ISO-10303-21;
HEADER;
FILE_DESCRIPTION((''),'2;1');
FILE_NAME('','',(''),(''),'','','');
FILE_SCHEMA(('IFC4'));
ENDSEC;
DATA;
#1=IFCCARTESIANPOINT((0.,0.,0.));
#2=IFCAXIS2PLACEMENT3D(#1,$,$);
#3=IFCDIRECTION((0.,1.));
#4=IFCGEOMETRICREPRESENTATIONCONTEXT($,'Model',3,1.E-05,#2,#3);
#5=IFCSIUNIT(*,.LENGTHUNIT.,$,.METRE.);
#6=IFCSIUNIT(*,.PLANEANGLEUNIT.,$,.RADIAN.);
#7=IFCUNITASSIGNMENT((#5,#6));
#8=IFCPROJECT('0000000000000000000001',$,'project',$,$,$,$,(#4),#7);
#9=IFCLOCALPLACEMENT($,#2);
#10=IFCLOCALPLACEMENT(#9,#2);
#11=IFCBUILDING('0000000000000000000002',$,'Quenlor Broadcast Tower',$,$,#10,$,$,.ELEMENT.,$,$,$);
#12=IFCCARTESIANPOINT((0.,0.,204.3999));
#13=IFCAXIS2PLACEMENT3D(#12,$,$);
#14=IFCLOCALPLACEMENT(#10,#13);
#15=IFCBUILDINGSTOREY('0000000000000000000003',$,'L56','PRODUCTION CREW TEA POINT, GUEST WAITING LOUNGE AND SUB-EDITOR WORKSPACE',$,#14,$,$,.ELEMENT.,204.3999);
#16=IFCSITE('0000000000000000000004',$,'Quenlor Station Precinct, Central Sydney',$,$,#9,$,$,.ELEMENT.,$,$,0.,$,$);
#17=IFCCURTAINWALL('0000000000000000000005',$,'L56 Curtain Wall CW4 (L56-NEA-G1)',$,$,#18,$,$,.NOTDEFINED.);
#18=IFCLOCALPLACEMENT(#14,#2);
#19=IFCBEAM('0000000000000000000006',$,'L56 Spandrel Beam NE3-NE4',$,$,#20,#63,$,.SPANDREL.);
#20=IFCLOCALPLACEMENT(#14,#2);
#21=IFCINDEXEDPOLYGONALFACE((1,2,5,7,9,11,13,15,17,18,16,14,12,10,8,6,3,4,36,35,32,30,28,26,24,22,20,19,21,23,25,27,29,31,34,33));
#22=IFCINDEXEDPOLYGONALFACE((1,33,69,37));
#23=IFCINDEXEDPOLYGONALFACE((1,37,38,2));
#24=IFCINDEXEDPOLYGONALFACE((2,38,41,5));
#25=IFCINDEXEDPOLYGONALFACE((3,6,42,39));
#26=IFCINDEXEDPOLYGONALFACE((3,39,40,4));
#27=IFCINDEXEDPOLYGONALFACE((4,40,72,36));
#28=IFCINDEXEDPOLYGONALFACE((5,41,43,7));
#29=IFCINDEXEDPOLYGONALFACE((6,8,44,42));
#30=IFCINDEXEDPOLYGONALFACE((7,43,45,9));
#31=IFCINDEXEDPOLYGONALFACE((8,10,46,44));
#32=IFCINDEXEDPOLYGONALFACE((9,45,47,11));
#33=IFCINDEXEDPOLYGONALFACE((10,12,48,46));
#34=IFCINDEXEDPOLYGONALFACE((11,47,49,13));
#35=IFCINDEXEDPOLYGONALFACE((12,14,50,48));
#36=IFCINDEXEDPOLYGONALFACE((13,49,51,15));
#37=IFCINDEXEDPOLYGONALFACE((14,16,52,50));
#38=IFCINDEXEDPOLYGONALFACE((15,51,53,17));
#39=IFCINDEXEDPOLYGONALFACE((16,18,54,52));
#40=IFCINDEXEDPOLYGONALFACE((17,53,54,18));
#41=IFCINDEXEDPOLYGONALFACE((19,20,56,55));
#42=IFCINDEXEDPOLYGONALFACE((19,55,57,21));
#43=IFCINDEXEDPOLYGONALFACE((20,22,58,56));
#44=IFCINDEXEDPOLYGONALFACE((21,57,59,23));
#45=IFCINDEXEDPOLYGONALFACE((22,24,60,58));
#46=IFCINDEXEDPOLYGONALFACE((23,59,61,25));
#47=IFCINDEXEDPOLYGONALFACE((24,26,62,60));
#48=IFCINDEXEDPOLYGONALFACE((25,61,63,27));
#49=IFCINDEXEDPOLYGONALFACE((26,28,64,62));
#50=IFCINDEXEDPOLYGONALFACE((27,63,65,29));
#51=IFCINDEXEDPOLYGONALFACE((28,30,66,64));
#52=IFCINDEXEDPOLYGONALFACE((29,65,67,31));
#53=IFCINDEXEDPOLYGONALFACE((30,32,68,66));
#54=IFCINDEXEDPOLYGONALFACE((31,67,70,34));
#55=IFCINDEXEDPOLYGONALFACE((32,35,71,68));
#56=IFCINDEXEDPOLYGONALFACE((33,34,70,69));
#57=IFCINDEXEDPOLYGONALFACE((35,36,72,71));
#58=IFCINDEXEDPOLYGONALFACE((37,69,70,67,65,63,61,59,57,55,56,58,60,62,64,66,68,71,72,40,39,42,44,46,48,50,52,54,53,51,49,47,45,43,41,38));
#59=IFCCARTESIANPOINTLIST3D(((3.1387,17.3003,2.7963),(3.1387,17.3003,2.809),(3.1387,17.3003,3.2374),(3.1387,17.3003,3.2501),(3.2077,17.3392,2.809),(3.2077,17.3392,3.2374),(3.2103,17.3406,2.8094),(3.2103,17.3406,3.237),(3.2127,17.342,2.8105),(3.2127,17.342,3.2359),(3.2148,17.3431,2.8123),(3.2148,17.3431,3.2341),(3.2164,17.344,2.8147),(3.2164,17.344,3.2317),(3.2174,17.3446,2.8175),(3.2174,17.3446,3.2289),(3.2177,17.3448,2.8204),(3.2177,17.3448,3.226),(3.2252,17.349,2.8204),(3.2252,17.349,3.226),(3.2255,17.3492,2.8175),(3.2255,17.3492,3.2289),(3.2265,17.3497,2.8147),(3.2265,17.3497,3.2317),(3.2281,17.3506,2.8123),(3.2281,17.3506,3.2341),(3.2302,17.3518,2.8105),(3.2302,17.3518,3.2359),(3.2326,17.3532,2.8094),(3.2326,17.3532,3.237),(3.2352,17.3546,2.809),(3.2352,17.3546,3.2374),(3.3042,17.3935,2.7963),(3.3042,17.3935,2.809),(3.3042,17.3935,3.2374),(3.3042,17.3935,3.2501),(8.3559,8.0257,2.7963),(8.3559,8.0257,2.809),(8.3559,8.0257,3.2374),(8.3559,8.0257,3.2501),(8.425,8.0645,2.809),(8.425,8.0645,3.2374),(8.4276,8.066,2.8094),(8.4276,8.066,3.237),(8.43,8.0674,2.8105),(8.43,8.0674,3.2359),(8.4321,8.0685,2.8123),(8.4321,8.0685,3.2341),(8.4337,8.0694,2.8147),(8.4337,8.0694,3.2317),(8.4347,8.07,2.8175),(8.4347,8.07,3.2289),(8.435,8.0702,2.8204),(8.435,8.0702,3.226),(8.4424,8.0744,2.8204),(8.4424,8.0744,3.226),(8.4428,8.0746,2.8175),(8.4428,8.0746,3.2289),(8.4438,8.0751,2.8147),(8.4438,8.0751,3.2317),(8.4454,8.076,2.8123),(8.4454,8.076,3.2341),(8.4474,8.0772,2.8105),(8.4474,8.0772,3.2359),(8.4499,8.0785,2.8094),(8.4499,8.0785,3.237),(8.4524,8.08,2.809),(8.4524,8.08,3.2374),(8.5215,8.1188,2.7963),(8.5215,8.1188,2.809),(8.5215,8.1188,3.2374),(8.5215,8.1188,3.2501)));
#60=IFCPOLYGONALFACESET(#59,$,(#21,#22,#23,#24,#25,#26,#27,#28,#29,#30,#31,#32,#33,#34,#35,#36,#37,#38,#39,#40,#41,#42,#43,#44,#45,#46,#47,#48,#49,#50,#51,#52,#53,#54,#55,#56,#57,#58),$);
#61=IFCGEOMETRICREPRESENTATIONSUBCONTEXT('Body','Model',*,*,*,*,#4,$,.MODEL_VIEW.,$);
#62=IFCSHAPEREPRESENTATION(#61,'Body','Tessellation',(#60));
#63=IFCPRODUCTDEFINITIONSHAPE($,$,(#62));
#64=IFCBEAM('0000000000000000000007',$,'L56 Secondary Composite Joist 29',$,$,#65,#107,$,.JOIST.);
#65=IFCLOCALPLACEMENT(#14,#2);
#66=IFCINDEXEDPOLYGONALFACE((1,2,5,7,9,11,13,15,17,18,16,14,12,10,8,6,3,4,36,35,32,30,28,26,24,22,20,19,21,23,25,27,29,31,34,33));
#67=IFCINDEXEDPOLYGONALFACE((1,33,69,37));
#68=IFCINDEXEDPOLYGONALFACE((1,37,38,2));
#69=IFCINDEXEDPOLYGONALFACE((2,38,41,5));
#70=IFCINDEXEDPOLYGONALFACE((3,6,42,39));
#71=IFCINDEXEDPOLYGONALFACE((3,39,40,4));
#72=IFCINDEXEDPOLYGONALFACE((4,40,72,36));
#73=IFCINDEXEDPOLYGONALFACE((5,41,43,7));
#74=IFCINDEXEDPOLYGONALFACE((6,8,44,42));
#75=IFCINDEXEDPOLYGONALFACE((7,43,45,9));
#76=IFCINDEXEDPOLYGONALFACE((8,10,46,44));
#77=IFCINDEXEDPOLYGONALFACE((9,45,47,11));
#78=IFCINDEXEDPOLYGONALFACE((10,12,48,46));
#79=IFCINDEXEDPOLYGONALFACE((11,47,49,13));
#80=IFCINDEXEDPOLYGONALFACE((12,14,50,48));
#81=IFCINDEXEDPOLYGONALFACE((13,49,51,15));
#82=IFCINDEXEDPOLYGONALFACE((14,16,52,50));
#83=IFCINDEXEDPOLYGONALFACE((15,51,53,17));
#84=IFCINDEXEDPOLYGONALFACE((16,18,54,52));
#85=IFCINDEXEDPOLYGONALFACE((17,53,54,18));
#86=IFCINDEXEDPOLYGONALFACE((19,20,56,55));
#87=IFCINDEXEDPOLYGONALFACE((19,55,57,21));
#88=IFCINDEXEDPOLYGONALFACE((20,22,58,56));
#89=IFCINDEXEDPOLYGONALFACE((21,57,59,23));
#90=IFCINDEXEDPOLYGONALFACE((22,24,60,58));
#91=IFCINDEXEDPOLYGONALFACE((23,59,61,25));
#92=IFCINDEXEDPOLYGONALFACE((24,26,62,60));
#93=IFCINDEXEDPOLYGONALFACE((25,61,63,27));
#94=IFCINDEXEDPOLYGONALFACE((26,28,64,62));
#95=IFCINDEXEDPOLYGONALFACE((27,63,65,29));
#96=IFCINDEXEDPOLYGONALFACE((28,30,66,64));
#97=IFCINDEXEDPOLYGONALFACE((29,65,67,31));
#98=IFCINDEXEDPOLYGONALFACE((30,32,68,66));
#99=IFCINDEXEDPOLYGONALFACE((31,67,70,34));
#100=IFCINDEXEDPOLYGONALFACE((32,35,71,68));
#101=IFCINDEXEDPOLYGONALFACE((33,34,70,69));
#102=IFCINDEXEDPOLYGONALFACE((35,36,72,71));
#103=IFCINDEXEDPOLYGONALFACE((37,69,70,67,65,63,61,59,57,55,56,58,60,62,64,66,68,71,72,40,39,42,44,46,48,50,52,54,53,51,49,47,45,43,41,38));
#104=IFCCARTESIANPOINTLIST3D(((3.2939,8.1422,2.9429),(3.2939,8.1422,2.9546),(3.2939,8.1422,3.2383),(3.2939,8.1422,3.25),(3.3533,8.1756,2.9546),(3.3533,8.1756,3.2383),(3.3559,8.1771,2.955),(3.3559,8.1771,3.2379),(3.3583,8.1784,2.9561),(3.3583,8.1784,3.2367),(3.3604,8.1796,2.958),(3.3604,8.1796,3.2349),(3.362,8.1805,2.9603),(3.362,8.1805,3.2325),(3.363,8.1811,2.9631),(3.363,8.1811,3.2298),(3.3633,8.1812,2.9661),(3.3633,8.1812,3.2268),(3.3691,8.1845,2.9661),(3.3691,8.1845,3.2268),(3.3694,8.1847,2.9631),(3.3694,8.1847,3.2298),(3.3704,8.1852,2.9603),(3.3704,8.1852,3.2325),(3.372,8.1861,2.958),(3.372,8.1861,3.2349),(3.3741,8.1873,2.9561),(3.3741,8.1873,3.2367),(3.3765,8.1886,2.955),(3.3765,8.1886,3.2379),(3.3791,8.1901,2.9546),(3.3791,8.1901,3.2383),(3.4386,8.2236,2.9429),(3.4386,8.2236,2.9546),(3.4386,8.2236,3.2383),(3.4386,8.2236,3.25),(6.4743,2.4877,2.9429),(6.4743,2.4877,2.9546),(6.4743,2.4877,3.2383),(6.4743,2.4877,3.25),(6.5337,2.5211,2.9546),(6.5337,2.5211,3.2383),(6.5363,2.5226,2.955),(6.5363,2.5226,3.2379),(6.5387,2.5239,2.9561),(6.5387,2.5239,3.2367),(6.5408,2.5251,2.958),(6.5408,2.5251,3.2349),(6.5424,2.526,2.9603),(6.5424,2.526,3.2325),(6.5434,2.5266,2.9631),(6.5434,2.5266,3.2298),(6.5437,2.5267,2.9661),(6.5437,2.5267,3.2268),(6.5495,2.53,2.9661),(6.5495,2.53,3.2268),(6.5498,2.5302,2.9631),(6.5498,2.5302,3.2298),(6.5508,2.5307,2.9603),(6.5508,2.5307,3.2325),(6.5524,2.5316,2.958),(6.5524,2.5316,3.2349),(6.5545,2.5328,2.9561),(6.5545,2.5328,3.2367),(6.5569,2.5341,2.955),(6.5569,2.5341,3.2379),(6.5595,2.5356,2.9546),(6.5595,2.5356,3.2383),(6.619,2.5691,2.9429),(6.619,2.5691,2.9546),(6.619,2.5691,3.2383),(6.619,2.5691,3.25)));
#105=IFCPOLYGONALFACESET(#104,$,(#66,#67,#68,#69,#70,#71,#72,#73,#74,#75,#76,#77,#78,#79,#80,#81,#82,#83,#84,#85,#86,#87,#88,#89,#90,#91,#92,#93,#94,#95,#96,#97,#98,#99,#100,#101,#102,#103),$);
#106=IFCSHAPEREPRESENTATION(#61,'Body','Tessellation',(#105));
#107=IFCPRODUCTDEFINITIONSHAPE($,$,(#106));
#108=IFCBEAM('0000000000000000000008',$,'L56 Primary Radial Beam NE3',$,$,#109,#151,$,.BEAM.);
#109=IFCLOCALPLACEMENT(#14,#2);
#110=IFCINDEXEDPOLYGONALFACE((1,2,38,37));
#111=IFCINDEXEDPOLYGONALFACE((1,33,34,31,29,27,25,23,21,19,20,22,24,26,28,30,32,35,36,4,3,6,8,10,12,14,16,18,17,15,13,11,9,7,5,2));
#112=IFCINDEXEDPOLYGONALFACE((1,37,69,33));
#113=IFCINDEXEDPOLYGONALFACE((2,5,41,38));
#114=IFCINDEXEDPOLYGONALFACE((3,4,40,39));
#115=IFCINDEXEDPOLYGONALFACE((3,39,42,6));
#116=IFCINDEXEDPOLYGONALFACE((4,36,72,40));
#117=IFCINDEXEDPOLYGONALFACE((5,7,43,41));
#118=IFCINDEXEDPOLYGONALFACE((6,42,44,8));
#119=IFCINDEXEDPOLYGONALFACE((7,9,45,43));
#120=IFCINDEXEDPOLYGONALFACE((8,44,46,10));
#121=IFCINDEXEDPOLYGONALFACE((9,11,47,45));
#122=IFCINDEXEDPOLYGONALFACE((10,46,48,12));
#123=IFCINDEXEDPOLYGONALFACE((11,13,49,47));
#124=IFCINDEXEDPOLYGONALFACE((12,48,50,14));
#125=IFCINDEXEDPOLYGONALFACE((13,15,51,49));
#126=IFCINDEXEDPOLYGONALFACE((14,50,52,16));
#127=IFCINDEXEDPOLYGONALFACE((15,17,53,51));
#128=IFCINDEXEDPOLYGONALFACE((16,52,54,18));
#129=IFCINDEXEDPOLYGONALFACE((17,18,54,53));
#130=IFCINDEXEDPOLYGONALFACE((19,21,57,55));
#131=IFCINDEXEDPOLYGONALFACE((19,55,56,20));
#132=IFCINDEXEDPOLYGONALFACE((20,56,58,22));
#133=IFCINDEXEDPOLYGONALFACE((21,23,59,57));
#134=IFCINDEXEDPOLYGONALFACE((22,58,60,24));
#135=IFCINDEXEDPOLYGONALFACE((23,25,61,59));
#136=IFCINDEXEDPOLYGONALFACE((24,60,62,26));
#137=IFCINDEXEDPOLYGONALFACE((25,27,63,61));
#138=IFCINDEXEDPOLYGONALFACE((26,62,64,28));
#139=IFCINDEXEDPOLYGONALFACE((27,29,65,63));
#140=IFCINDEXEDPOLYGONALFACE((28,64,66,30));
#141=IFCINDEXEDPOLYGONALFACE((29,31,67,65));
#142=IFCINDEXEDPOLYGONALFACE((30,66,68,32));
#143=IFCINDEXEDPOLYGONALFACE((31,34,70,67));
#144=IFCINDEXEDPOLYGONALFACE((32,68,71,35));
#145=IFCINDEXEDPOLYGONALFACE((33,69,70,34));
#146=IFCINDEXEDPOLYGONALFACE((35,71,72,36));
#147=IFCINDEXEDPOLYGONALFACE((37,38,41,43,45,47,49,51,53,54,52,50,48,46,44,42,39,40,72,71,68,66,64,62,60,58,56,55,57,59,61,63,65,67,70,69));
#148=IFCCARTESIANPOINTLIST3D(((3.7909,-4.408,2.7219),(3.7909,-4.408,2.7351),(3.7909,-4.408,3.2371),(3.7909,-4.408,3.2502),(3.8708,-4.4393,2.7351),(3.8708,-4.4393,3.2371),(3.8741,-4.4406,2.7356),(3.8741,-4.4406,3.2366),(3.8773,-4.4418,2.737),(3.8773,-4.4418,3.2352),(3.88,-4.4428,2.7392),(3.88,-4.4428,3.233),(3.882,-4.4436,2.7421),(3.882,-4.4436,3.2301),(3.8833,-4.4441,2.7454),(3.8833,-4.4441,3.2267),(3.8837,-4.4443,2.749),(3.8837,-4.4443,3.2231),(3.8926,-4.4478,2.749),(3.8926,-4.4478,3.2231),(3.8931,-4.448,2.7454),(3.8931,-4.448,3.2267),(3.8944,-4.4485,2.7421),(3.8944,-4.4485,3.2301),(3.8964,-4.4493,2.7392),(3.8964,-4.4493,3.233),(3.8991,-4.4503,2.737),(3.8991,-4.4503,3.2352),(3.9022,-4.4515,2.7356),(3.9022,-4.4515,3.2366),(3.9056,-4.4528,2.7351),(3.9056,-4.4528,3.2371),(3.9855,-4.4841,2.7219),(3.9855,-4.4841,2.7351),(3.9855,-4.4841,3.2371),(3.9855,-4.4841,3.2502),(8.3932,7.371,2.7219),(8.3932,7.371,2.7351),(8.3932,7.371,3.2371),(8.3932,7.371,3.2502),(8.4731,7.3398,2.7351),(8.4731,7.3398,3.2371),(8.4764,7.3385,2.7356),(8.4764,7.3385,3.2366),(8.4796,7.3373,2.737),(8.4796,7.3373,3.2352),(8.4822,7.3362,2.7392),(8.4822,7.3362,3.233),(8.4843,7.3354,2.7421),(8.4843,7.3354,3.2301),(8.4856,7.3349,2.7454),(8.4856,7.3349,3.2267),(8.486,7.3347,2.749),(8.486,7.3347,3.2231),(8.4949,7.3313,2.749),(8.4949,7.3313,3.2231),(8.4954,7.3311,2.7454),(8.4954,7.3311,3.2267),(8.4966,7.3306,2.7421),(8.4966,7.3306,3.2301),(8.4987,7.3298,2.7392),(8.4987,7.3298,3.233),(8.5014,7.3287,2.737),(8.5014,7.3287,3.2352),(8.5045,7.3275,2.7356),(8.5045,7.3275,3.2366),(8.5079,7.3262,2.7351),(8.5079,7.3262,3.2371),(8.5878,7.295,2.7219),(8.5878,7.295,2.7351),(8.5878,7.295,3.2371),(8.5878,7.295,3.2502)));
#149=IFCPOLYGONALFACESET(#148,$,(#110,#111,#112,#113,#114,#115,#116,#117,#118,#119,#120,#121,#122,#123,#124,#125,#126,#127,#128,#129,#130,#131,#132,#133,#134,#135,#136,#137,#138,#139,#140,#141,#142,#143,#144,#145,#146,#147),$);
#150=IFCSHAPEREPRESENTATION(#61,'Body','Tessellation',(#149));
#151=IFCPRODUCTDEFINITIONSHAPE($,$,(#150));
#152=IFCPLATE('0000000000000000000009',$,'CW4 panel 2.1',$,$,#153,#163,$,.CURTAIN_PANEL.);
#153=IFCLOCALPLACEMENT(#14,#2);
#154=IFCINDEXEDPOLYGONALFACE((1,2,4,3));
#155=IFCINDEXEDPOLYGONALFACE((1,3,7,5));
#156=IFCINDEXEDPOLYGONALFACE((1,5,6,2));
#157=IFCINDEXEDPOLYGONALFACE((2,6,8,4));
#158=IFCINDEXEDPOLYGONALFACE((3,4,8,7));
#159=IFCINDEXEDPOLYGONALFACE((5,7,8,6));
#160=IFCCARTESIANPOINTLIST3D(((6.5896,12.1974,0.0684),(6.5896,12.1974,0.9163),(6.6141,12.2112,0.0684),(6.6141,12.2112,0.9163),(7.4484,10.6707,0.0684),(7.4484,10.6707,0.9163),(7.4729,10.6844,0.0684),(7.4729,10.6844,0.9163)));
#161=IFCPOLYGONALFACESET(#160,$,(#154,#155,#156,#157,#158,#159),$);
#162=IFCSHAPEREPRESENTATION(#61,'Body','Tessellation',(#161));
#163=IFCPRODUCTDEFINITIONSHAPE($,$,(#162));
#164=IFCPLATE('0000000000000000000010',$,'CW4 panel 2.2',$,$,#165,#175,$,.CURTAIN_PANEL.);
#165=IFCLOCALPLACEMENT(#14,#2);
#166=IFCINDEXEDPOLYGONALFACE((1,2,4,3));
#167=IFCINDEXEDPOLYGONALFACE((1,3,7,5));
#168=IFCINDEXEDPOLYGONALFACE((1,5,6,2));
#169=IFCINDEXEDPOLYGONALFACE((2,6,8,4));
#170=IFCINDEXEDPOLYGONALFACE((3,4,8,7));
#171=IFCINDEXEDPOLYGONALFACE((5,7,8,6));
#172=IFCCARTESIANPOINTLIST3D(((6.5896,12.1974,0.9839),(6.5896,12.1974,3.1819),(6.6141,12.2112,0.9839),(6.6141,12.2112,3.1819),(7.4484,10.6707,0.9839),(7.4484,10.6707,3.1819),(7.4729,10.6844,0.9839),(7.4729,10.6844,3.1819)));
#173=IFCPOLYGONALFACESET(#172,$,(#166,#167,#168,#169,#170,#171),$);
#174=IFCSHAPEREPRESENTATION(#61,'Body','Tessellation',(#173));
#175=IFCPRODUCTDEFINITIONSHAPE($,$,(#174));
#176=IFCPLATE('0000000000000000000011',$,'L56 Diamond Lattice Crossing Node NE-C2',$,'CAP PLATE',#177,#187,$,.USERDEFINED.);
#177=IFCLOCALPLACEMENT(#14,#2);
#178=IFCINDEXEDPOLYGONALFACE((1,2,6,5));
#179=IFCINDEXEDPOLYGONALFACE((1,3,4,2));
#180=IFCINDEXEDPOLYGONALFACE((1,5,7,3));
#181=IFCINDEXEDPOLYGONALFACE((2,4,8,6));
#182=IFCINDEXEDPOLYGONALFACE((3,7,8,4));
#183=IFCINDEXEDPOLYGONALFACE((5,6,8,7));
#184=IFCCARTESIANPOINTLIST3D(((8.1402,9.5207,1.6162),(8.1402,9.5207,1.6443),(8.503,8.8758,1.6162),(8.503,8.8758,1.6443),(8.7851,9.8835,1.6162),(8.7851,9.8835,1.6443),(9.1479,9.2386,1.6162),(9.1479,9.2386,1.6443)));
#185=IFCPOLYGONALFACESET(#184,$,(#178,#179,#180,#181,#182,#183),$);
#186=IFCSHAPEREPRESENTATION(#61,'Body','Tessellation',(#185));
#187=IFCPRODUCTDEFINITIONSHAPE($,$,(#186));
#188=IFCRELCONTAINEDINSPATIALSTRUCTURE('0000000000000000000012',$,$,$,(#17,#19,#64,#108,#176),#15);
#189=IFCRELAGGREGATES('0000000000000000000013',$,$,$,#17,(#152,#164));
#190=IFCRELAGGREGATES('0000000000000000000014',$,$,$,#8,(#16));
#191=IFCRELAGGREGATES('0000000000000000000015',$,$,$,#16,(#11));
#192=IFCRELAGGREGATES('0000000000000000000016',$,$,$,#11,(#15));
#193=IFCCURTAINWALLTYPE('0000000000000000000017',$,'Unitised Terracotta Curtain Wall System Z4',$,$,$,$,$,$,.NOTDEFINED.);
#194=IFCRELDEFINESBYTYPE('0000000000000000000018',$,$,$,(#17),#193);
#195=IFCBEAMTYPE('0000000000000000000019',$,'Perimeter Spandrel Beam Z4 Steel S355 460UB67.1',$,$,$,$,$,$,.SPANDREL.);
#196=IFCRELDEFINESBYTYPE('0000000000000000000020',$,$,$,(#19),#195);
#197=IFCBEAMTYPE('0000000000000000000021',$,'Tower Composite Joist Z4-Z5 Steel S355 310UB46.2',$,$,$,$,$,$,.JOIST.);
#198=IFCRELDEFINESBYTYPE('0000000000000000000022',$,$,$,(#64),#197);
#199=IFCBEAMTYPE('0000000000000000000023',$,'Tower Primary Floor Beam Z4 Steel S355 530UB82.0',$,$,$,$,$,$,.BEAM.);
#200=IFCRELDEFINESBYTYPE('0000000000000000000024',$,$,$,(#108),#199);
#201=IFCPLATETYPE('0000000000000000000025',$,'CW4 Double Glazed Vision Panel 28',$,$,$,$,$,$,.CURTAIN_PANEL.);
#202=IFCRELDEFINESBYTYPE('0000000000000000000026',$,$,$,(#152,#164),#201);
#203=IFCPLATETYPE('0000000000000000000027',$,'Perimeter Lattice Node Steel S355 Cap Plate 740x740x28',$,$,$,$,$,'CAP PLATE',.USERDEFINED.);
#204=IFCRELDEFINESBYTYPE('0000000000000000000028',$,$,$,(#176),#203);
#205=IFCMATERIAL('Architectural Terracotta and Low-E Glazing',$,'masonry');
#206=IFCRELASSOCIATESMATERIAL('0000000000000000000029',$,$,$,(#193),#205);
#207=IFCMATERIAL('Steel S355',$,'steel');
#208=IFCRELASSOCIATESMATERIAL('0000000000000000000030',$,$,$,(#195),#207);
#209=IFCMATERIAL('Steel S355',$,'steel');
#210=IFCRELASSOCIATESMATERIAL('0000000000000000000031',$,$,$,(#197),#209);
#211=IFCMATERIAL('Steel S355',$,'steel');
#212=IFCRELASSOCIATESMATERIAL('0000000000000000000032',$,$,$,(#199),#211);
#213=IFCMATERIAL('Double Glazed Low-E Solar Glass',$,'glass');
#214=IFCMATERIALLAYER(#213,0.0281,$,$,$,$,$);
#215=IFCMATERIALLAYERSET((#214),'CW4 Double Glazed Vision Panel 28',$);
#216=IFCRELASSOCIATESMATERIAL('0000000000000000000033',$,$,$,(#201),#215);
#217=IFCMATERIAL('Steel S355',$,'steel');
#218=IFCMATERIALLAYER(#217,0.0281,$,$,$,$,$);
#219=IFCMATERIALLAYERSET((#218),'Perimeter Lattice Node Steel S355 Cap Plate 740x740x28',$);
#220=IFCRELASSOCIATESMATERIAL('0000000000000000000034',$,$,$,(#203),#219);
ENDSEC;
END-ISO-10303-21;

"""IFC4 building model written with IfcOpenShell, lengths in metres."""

from ifc_helpers import new_model, si_unit, direction, frame, origin, origin_2d, place, context, subcontext, project, spatial, rectangle, i_section, extrude, material, layer, layer_set, material_profile, profile_set, type_object, element, aggregate, save


model = new_model("IFC4")

# Units and contexts
model_context = context("Model", 3, precision=1e-05, world=origin(), true_north=direction((0.0, 1.0)))
body_context = subcontext(model_context, "Body", "Model", "MODEL_VIEW")
ifc_project = project(units=[si_unit("LENGTHUNIT", "METRE"), si_unit("PLANEANGLEUNIT", "RADIAN")], contexts=[model_context])

# Site, building, storey
site_placement = place(None, origin())
site = spatial("IfcSite", under=ifc_project, at=site_placement, Name="Quenlor Station Precinct, Central Sydney", CompositionType="ELEMENT", RefElevation=0.0)
building_placement = place(site_placement, origin())
building = spatial("IfcBuilding", under=site, at=building_placement, Name="Quenlor Broadcast Tower", CompositionType="ELEMENT")
storey_placement = place(building_placement, frame((0.0, 0.0, 204.3999)))
storey = spatial("IfcBuildingStorey", under=building, at=storey_placement, Name="L56", Description="PRODUCTION CREW TEA POINT, GUEST WAITING LOUNGE AND SUB-EDITOR WORKSPACE", CompositionType="ELEMENT", Elevation=204.3999)

# Curtain wall
ifc_material_1 = material(Name="Architectural Terracotta and Low-E Glazing", Category="masonry")
curtain_wall_type = type_object("IfcCurtainWallType", Name="Unitised Terracotta Curtain Wall System Z4", PredefinedType="NOTDEFINED", material=ifc_material_1)
curtain_wall_1_placement = place(storey_placement, origin())
curtain_wall_1 = element("IfcCurtainWall", 1, at=curtain_wall_1_placement, inside=storey, type_object=curtain_wall_type, Name="L56 Curtain Wall CW4 (L56-NEA-G1)", PredefinedType="NOTDEFINED")

# Beams
ifc_material_2 = material(Name="Steel S355", Category="steel")
ifc_material_profile_1 = material_profile(ifc_material_2, i_section(OverallWidth=0.1899, OverallDepth=0.4539, WebThickness=0.0085, FlangeThickness=0.0127, FilletRadius=0.0115, at=origin_2d()))
ifc_profile_set_1 = profile_set([ifc_material_profile_1], Name="Steel S355 460UB67.1")
beam_type_1 = type_object("IfcBeamType", Name="Perimeter Spandrel Beam Z4 Steel S355 460UB67.1", PredefinedType="SPANDREL", material=ifc_profile_set_1)
beam_1_placement = place(storey_placement, frame((8.4387, 8.0723, 3.0232), z_axis=(-0.490282, 0.871564, 0.0), x_axis=(-0.871564, -0.490282, 0.0)))
element("IfcBeam", 2, at=beam_1_placement, inside=storey, type_object=beam_type_1, Name="L56 Spandrel Beam NE3-NE4", PredefinedType="SPANDREL", context=body_context, shape_type="SweptSolid", body=[
    extrude(i_section(OverallWidth=0.1899, OverallDepth=0.4539, WebThickness=0.0085, FlangeThickness=0.0127, FilletRadius=0.0115, at=origin_2d()), origin(), (0.0, 0.0, 1.0), 10.6414),
])
ifc_material_3 = material(Name="Steel S355", Category="steel")
ifc_material_profile_2 = material_profile(ifc_material_3, i_section(OverallWidth=0.166, OverallDepth=0.3071, WebThickness=0.0066, FlangeThickness=0.0117, FilletRadius=0.0115, at=origin_2d()))
ifc_profile_set_2 = profile_set([ifc_material_profile_2], Name="Steel S355 310UB46.2")
beam_type_2 = type_object("IfcBeamType", Name="Tower Composite Joist Z4-Z5 Steel S355 310UB46.2", PredefinedType="JOIST", material=ifc_profile_set_2)
beam_2_placement = place(storey_placement, frame((3.3662, 8.1829, 3.0964), z_axis=(0.490231, -0.871593, 0.0), x_axis=(0.871593, 0.490231, 0.0)))
element("IfcBeam", 3, at=beam_2_placement, inside=storey, type_object=beam_type_2, Name="L56 Secondary Composite Joist 29", PredefinedType="JOIST", context=body_context, shape_type="SweptSolid", body=[
    extrude(i_section(OverallWidth=0.166, OverallDepth=0.3071, WebThickness=0.0066, FlangeThickness=0.0117, FilletRadius=0.0115, at=origin_2d()), origin(), (0.0, 0.0, 1.0), 6.4875),
])
ifc_material_4 = material(Name="Steel S355", Category="steel")
ifc_material_profile_3 = material_profile(ifc_material_4, i_section(OverallWidth=0.209, OverallDepth=0.5283, WebThickness=0.0095, FlangeThickness=0.0132, FilletRadius=0.0139, at=origin_2d()))
ifc_profile_set_3 = profile_set([ifc_material_profile_3], Name="Steel S355 530UB82.0")
beam_type_3 = type_object("IfcBeamType", Name="Tower Primary Floor Beam Z4 Steel S355 530UB82.0", PredefinedType="BEAM", material=ifc_profile_set_3)
beam_3_placement = place(storey_placement, frame((8.4905, 7.333, 2.9861), z_axis=(-0.363926, -0.931428, 0.0), x_axis=(0.931428, -0.363926, 0.0)))
element("IfcBeam", 4, at=beam_3_placement, inside=storey, type_object=beam_type_3, Name="L56 Primary Radial Beam NE3", PredefinedType="BEAM", context=body_context, shape_type="SweptSolid", body=[
    extrude(i_section(OverallWidth=0.209, OverallDepth=0.5283, WebThickness=0.0095, FlangeThickness=0.0132, FilletRadius=0.0139, at=origin_2d()), origin(), (0.0, 0.0, 1.0), 12.6462),
])

# Plates
ifc_material_5 = material(Name="Double Glazed Low-E Solar Glass", Category="glass")
ifc_layer_1 = layer(ifc_material_5, 0.0281)
ifc_layer_set_1 = layer_set([ifc_layer_1], Name="CW4 Double Glazed Vision Panel 28")
plate_type_1 = type_object("IfcPlateType", Name="CW4 Double Glazed Vision Panel 28", PredefinedType="CURTAIN_PANEL", material=ifc_layer_set_1)
plate_1_placement = place(storey_placement, frame((7.0312, 11.4409, 0.0684), z_axis=(0.0, 0.0, 1.0), x_axis=(0.49026, -0.871576, 0.0)))
plate_1 = element("IfcPlate", 5, at=plate_1_placement, type_object=plate_type_1, Name="CW4 panel 2.1", PredefinedType="CURTAIN_PANEL", context=body_context, shape_type="SweptSolid", body=[
    extrude(rectangle(XDim=1.7517, YDim=0.0281, at=origin_2d()), origin(), (0.0, 0.0, 1.0), 0.8479),
])
plate_2_placement = place(storey_placement, frame((7.0312, 11.4409, 0.9839), z_axis=(0.0, 0.0, 1.0), x_axis=(0.49026, -0.871576, 0.0)))
plate_2 = element("IfcPlate", 6, at=plate_2_placement, type_object=plate_type_1, Name="CW4 panel 2.2", PredefinedType="CURTAIN_PANEL", context=body_context, shape_type="SweptSolid", body=[
    extrude(rectangle(XDim=1.7517, YDim=0.0281, at=origin_2d()), origin(), (0.0, 0.0, 1.0), 2.198),
])
aggregate(curtain_wall_1, [plate_1, plate_2])

# Plate
ifc_material_6 = material(Name="Steel S355", Category="steel")
ifc_layer_2 = layer(ifc_material_6, 0.0281)
ifc_layer_set_2 = layer_set([ifc_layer_2], Name="Perimeter Lattice Node Steel S355 Cap Plate 740x740x28")
plate_type_2 = type_object("IfcPlateType", Name="Perimeter Lattice Node Steel S355 Cap Plate 740x740x28", ElementType="CAP PLATE", PredefinedType="USERDEFINED", material=ifc_layer_set_2)
plate_3_placement = place(storey_placement, frame((8.644, 9.3796, 1.6162), z_axis=(0.0, 0.0, 1.0), x_axis=(0.490295, -0.871556, 0.0)))
element("IfcPlate", 7, at=plate_3_placement, inside=storey, type_object=plate_type_2, Name="L56 Diamond Lattice Crossing Node NE-C2", ObjectType="CAP PLATE", PredefinedType="USERDEFINED", context=body_context, shape_type="SweptSolid", body=[
    extrude(rectangle(XDim=0.74, YDim=0.74, at=origin_2d()), origin(), (0.0, 0.0, 1.0), 0.0281),
])

save(model, "model.ifc")
